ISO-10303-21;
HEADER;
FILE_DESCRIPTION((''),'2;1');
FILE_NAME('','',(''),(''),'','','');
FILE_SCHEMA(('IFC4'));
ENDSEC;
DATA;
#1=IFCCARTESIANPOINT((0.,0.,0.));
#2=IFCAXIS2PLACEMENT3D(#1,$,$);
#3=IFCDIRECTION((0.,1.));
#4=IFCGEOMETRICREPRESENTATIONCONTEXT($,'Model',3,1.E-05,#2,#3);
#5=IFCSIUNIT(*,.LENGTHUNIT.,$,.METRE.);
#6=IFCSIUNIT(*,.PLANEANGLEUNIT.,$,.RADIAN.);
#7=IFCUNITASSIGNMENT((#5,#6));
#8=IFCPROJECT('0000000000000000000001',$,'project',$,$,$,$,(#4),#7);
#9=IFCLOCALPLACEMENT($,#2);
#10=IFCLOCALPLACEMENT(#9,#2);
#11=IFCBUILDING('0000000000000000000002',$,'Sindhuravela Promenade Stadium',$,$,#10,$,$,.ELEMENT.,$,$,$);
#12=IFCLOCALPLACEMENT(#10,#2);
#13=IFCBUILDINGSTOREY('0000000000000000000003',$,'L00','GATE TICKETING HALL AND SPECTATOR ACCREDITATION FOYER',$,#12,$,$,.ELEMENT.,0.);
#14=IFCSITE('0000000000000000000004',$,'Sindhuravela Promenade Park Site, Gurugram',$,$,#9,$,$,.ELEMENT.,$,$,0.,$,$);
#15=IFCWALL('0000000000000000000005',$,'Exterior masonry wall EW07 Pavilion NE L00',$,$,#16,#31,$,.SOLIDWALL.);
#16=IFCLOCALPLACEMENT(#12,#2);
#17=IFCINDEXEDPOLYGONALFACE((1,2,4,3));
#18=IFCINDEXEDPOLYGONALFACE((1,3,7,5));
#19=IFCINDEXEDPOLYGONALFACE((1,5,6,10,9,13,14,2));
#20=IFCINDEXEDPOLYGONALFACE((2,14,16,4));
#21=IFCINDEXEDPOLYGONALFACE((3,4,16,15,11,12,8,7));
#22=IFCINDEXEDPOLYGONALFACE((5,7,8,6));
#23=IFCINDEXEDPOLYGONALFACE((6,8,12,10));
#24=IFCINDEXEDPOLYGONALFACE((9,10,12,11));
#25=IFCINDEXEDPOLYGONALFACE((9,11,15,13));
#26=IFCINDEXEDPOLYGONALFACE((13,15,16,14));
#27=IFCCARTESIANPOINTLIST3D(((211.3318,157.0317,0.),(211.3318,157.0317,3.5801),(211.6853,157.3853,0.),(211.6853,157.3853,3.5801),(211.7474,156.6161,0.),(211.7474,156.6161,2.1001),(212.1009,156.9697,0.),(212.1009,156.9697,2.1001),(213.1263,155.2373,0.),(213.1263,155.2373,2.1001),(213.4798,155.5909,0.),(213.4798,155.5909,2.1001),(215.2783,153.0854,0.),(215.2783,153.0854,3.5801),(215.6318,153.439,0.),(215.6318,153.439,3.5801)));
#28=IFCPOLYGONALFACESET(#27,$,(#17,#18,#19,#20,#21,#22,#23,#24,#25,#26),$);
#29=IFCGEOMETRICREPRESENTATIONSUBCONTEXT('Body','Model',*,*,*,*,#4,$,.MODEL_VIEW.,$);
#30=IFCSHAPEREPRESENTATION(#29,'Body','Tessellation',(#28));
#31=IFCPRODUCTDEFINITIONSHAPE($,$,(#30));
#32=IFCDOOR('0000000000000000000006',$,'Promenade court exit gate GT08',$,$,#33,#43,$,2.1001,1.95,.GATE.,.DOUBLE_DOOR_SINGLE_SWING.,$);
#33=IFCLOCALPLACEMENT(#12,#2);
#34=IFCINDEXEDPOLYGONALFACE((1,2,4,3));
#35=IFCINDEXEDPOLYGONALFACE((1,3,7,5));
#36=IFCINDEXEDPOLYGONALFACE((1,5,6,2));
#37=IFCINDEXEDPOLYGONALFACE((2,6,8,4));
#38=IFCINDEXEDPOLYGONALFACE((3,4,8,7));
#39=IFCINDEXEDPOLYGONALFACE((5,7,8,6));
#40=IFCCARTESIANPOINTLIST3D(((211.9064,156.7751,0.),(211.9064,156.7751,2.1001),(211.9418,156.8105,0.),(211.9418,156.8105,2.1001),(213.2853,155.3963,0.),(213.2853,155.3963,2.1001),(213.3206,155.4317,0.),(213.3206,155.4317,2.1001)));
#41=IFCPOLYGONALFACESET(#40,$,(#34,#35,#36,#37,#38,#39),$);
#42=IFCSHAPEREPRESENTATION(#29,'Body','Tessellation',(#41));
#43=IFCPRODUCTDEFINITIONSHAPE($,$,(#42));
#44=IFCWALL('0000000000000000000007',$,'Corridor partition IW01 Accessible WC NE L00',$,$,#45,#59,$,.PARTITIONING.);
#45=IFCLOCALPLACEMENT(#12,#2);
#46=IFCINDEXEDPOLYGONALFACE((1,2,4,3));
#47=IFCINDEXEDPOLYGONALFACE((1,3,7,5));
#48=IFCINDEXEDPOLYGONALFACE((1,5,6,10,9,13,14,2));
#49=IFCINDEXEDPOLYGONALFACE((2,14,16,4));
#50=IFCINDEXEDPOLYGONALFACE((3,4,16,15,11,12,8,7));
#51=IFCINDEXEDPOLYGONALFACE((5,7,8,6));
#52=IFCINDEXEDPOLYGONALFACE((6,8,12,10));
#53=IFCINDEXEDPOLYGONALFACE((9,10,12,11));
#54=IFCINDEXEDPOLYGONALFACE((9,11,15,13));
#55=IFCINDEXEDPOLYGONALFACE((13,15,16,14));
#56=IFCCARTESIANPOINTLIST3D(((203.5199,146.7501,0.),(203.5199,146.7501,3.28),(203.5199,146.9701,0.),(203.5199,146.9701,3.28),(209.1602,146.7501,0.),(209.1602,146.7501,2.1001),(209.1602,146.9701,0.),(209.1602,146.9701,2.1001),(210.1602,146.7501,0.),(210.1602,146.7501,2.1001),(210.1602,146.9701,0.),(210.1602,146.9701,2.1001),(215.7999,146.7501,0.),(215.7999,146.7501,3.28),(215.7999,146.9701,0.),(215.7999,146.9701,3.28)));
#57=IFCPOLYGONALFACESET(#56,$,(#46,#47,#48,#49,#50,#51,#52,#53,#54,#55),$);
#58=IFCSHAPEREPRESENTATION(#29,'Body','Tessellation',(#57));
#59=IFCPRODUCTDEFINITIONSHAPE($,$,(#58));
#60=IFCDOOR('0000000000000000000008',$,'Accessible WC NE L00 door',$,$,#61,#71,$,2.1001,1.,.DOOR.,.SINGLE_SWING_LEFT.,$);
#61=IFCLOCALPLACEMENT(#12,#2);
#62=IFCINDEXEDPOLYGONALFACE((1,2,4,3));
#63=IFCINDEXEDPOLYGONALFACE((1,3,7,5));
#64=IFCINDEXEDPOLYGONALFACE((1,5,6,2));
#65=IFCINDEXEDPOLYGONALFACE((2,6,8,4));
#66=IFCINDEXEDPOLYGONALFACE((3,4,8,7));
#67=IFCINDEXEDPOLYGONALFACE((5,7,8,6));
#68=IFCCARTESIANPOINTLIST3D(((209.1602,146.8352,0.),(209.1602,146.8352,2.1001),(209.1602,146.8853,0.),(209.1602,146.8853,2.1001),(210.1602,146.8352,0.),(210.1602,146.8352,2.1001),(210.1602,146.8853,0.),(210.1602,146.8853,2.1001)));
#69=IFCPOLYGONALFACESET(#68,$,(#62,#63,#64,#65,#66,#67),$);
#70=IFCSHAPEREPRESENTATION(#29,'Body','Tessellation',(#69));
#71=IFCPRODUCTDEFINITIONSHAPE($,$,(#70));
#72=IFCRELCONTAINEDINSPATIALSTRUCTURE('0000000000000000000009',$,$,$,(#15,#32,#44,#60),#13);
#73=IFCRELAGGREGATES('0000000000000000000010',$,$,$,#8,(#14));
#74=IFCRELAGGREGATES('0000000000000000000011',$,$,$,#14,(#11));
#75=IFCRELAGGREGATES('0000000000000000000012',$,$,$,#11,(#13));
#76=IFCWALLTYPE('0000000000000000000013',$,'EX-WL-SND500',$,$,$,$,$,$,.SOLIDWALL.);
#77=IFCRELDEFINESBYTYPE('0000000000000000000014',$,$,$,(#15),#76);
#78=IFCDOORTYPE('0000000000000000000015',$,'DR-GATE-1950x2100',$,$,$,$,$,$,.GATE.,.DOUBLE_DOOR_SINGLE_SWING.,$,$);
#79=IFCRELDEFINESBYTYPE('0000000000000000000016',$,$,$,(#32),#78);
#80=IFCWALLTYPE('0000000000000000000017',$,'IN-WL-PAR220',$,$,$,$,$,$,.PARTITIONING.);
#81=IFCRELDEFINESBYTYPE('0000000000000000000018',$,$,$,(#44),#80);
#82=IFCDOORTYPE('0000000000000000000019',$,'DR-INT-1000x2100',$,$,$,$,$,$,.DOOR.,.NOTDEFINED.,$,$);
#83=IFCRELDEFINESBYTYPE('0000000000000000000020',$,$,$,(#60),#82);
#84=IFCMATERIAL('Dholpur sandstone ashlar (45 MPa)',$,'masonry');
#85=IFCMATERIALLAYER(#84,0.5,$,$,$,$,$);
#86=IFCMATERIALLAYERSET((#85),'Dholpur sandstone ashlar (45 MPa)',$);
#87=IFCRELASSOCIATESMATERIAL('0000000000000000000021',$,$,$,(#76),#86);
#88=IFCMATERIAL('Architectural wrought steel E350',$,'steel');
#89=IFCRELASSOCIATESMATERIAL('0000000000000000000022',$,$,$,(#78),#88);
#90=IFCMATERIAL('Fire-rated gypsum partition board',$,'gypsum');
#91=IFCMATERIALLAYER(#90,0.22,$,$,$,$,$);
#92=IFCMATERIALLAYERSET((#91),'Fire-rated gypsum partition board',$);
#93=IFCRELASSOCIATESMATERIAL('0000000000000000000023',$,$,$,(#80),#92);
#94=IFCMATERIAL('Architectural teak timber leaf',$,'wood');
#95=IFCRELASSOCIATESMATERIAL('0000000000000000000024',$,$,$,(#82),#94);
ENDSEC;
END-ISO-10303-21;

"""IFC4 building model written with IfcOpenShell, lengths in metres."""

from ifc_helpers import new_model, si_unit, direction, frame, frame_2d, origin, place, context, subcontext, project, spatial, rectangle, extrude, material, layer, layer_set, type_object, element, fill, save


model = new_model("IFC4")

# Units and contexts
model_context = context("Model", 3, precision=1e-05, world=origin(), true_north=direction((0.0, 1.0)))
body_context = subcontext(model_context, "Body", "Model", "MODEL_VIEW")
ifc_project = project(units=[si_unit("LENGTHUNIT", "METRE"), si_unit("PLANEANGLEUNIT", "RADIAN")], contexts=[model_context])

# Site, building, storey
site_placement = place(None, origin())
site = spatial("IfcSite", under=ifc_project, at=site_placement, Name="Sindhuravela Promenade Park Site, Gurugram", CompositionType="ELEMENT", RefElevation=0.0)
building_placement = place(site_placement, origin())
building = spatial("IfcBuilding", under=site, at=building_placement, Name="Sindhuravela Promenade Stadium", CompositionType="ELEMENT")
storey_placement = place(building_placement, origin())
storey = spatial("IfcBuildingStorey", under=building, at=storey_placement, Name="L00", Description="GATE TICKETING HALL AND SPECTATOR ACCREDITATION FOYER", CompositionType="ELEMENT", Elevation=0.0)

# Shared definitions
ifc_material_1 = material(Name="Dholpur sandstone ashlar (45 MPa)", Category="masonry")
ifc_material_2 = material(Name="Architectural wrought steel E350", Category="steel")

# Walls, openings, doors
ifc_layer_1 = layer(ifc_material_1, 0.5)
ifc_layer_set_1 = layer_set([ifc_layer_1], Name="Dholpur sandstone ashlar (45 MPa)")
wall_type_1 = type_object("IfcWallType", Name="EX-WL-SND500", PredefinedType="SOLIDWALL", material=ifc_layer_set_1)
wall_1_placement = place(storey_placement, frame((211.5085, 157.2085, 0.0), z_axis=(0.0, 0.0, 1.0), x_axis=(0.707129, -0.707085, 0.0)))
wall_1 = element("IfcWall", 1, at=wall_1_placement, inside=storey, type_object=wall_type_1, Name="Exterior masonry wall EW07 Pavilion NE L00", PredefinedType="SOLIDWALL", context=body_context, shape_type="SweptSolid", body=[
    extrude(rectangle(XDim=5.5811, YDim=0.5, at=frame_2d((2.7905, 0.0))), origin(), (0.0, 0.0, 1.0), 3.5801),
])
opening_1_placement = place(wall_1_placement, frame((0.5876, 0.0, 0.0)))
opening_1 = element("IfcOpeningElement", 2, at=opening_1_placement, cuts=wall_1, PredefinedType="OPENING", context=body_context, shape_type="SweptSolid", body=[
    extrude(rectangle(XDim=1.95, YDim=2.1001, at=frame_2d((0.9751, 1.05))), frame((0.0, 0.26, 0.0), z_axis=(0.0, -1.0, 0.0), x_axis=(1.0, 0.0, 0.0)), (0.0, 0.0, 1.0), 0.52),
])
door_type_1 = type_object("IfcDoorType", Name="DR-GATE-1950x2100", OperationType="DOUBLE_DOOR_SINGLE_SWING", PredefinedType="GATE", material=ifc_material_2)
door_1_placement = place(opening_1_placement, origin())
door_1 = element("IfcDoor", 3, at=door_1_placement, inside=storey, type_object=door_type_1, Name="Promenade court exit gate GT08", OperationType="DOUBLE_DOOR_SINGLE_SWING", OverallHeight=2.1001, OverallWidth=1.95, PredefinedType="GATE", context=body_context, shape_type="SweptSolid", body=[
    extrude(rectangle(XDim=1.95, YDim=2.1001, at=frame_2d((0.9751, 1.05))), frame((0.0, 0.0249, 0.0), z_axis=(0.0, -1.0, 0.0), x_axis=(1.0, 0.0, 0.0)), (0.0, 0.0, 1.0), 0.05),
])
fill(opening_1, door_1)
ifc_material_3 = material(Name="Fire-rated gypsum partition board", Category="gypsum")
ifc_layer_2 = layer(ifc_material_3, 0.22)
ifc_layer_set_2 = layer_set([ifc_layer_2], Name="Fire-rated gypsum partition board")
wall_type_2 = type_object("IfcWallType", Name="IN-WL-PAR220", PredefinedType="PARTITIONING", material=ifc_layer_set_2)
wall_2_placement = place(storey_placement, frame((215.8, 146.8601, 0.0), z_axis=(0.0, 0.0, 1.0), x_axis=(-1.0, 0.0, 0.0)))
wall_2 = element("IfcWall", 4, at=wall_2_placement, inside=storey, type_object=wall_type_2, Name="Corridor partition IW01 Accessible WC NE L00", PredefinedType="PARTITIONING", context=body_context, shape_type="SweptSolid", body=[
    extrude(rectangle(XDim=12.28, YDim=0.22, at=frame_2d((6.1401, 0.0))), origin(), (0.0, 0.0, 1.0), 3.28),
])
opening_2_placement = place(wall_2_placement, frame((5.6399, 0.0, 0.0)))
opening_2 = element("IfcOpeningElement", 5, at=opening_2_placement, cuts=wall_2, PredefinedType="OPENING", context=body_context, shape_type="SweptSolid", body=[
    extrude(rectangle(XDim=1.0, YDim=2.1001, at=frame_2d((0.5, 1.05))), frame((0.0, 0.1199, 0.0), z_axis=(0.0, -1.0, 0.0), x_axis=(1.0, 0.0, 0.0)), (0.0, 0.0, 1.0), 0.24),
])
ifc_material_4 = material(Name="Architectural teak timber leaf", Category="wood")
door_type_2 = type_object("IfcDoorType", Name="DR-INT-1000x2100", OperationType="NOTDEFINED", PredefinedType="DOOR", material=ifc_material_4)
door_2_placement = place(opening_2_placement, origin())
door_2 = element("IfcDoor", 6, at=door_2_placement, inside=storey, type_object=door_type_2, Name="Accessible WC NE L00 door", OperationType="SINGLE_SWING_LEFT", OverallHeight=2.1001, OverallWidth=1.0, PredefinedType="DOOR", context=body_context, shape_type="SweptSolid", body=[
    extrude(rectangle(XDim=1.0, YDim=2.1001, at=frame_2d((0.5, 1.05))), frame((0.0, 0.0249, 0.0), z_axis=(0.0, -1.0, 0.0), x_axis=(1.0, 0.0, 0.0)), (0.0, 0.0, 1.0), 0.05),
])
fill(opening_2, door_2)

save(model, "model.ifc")
